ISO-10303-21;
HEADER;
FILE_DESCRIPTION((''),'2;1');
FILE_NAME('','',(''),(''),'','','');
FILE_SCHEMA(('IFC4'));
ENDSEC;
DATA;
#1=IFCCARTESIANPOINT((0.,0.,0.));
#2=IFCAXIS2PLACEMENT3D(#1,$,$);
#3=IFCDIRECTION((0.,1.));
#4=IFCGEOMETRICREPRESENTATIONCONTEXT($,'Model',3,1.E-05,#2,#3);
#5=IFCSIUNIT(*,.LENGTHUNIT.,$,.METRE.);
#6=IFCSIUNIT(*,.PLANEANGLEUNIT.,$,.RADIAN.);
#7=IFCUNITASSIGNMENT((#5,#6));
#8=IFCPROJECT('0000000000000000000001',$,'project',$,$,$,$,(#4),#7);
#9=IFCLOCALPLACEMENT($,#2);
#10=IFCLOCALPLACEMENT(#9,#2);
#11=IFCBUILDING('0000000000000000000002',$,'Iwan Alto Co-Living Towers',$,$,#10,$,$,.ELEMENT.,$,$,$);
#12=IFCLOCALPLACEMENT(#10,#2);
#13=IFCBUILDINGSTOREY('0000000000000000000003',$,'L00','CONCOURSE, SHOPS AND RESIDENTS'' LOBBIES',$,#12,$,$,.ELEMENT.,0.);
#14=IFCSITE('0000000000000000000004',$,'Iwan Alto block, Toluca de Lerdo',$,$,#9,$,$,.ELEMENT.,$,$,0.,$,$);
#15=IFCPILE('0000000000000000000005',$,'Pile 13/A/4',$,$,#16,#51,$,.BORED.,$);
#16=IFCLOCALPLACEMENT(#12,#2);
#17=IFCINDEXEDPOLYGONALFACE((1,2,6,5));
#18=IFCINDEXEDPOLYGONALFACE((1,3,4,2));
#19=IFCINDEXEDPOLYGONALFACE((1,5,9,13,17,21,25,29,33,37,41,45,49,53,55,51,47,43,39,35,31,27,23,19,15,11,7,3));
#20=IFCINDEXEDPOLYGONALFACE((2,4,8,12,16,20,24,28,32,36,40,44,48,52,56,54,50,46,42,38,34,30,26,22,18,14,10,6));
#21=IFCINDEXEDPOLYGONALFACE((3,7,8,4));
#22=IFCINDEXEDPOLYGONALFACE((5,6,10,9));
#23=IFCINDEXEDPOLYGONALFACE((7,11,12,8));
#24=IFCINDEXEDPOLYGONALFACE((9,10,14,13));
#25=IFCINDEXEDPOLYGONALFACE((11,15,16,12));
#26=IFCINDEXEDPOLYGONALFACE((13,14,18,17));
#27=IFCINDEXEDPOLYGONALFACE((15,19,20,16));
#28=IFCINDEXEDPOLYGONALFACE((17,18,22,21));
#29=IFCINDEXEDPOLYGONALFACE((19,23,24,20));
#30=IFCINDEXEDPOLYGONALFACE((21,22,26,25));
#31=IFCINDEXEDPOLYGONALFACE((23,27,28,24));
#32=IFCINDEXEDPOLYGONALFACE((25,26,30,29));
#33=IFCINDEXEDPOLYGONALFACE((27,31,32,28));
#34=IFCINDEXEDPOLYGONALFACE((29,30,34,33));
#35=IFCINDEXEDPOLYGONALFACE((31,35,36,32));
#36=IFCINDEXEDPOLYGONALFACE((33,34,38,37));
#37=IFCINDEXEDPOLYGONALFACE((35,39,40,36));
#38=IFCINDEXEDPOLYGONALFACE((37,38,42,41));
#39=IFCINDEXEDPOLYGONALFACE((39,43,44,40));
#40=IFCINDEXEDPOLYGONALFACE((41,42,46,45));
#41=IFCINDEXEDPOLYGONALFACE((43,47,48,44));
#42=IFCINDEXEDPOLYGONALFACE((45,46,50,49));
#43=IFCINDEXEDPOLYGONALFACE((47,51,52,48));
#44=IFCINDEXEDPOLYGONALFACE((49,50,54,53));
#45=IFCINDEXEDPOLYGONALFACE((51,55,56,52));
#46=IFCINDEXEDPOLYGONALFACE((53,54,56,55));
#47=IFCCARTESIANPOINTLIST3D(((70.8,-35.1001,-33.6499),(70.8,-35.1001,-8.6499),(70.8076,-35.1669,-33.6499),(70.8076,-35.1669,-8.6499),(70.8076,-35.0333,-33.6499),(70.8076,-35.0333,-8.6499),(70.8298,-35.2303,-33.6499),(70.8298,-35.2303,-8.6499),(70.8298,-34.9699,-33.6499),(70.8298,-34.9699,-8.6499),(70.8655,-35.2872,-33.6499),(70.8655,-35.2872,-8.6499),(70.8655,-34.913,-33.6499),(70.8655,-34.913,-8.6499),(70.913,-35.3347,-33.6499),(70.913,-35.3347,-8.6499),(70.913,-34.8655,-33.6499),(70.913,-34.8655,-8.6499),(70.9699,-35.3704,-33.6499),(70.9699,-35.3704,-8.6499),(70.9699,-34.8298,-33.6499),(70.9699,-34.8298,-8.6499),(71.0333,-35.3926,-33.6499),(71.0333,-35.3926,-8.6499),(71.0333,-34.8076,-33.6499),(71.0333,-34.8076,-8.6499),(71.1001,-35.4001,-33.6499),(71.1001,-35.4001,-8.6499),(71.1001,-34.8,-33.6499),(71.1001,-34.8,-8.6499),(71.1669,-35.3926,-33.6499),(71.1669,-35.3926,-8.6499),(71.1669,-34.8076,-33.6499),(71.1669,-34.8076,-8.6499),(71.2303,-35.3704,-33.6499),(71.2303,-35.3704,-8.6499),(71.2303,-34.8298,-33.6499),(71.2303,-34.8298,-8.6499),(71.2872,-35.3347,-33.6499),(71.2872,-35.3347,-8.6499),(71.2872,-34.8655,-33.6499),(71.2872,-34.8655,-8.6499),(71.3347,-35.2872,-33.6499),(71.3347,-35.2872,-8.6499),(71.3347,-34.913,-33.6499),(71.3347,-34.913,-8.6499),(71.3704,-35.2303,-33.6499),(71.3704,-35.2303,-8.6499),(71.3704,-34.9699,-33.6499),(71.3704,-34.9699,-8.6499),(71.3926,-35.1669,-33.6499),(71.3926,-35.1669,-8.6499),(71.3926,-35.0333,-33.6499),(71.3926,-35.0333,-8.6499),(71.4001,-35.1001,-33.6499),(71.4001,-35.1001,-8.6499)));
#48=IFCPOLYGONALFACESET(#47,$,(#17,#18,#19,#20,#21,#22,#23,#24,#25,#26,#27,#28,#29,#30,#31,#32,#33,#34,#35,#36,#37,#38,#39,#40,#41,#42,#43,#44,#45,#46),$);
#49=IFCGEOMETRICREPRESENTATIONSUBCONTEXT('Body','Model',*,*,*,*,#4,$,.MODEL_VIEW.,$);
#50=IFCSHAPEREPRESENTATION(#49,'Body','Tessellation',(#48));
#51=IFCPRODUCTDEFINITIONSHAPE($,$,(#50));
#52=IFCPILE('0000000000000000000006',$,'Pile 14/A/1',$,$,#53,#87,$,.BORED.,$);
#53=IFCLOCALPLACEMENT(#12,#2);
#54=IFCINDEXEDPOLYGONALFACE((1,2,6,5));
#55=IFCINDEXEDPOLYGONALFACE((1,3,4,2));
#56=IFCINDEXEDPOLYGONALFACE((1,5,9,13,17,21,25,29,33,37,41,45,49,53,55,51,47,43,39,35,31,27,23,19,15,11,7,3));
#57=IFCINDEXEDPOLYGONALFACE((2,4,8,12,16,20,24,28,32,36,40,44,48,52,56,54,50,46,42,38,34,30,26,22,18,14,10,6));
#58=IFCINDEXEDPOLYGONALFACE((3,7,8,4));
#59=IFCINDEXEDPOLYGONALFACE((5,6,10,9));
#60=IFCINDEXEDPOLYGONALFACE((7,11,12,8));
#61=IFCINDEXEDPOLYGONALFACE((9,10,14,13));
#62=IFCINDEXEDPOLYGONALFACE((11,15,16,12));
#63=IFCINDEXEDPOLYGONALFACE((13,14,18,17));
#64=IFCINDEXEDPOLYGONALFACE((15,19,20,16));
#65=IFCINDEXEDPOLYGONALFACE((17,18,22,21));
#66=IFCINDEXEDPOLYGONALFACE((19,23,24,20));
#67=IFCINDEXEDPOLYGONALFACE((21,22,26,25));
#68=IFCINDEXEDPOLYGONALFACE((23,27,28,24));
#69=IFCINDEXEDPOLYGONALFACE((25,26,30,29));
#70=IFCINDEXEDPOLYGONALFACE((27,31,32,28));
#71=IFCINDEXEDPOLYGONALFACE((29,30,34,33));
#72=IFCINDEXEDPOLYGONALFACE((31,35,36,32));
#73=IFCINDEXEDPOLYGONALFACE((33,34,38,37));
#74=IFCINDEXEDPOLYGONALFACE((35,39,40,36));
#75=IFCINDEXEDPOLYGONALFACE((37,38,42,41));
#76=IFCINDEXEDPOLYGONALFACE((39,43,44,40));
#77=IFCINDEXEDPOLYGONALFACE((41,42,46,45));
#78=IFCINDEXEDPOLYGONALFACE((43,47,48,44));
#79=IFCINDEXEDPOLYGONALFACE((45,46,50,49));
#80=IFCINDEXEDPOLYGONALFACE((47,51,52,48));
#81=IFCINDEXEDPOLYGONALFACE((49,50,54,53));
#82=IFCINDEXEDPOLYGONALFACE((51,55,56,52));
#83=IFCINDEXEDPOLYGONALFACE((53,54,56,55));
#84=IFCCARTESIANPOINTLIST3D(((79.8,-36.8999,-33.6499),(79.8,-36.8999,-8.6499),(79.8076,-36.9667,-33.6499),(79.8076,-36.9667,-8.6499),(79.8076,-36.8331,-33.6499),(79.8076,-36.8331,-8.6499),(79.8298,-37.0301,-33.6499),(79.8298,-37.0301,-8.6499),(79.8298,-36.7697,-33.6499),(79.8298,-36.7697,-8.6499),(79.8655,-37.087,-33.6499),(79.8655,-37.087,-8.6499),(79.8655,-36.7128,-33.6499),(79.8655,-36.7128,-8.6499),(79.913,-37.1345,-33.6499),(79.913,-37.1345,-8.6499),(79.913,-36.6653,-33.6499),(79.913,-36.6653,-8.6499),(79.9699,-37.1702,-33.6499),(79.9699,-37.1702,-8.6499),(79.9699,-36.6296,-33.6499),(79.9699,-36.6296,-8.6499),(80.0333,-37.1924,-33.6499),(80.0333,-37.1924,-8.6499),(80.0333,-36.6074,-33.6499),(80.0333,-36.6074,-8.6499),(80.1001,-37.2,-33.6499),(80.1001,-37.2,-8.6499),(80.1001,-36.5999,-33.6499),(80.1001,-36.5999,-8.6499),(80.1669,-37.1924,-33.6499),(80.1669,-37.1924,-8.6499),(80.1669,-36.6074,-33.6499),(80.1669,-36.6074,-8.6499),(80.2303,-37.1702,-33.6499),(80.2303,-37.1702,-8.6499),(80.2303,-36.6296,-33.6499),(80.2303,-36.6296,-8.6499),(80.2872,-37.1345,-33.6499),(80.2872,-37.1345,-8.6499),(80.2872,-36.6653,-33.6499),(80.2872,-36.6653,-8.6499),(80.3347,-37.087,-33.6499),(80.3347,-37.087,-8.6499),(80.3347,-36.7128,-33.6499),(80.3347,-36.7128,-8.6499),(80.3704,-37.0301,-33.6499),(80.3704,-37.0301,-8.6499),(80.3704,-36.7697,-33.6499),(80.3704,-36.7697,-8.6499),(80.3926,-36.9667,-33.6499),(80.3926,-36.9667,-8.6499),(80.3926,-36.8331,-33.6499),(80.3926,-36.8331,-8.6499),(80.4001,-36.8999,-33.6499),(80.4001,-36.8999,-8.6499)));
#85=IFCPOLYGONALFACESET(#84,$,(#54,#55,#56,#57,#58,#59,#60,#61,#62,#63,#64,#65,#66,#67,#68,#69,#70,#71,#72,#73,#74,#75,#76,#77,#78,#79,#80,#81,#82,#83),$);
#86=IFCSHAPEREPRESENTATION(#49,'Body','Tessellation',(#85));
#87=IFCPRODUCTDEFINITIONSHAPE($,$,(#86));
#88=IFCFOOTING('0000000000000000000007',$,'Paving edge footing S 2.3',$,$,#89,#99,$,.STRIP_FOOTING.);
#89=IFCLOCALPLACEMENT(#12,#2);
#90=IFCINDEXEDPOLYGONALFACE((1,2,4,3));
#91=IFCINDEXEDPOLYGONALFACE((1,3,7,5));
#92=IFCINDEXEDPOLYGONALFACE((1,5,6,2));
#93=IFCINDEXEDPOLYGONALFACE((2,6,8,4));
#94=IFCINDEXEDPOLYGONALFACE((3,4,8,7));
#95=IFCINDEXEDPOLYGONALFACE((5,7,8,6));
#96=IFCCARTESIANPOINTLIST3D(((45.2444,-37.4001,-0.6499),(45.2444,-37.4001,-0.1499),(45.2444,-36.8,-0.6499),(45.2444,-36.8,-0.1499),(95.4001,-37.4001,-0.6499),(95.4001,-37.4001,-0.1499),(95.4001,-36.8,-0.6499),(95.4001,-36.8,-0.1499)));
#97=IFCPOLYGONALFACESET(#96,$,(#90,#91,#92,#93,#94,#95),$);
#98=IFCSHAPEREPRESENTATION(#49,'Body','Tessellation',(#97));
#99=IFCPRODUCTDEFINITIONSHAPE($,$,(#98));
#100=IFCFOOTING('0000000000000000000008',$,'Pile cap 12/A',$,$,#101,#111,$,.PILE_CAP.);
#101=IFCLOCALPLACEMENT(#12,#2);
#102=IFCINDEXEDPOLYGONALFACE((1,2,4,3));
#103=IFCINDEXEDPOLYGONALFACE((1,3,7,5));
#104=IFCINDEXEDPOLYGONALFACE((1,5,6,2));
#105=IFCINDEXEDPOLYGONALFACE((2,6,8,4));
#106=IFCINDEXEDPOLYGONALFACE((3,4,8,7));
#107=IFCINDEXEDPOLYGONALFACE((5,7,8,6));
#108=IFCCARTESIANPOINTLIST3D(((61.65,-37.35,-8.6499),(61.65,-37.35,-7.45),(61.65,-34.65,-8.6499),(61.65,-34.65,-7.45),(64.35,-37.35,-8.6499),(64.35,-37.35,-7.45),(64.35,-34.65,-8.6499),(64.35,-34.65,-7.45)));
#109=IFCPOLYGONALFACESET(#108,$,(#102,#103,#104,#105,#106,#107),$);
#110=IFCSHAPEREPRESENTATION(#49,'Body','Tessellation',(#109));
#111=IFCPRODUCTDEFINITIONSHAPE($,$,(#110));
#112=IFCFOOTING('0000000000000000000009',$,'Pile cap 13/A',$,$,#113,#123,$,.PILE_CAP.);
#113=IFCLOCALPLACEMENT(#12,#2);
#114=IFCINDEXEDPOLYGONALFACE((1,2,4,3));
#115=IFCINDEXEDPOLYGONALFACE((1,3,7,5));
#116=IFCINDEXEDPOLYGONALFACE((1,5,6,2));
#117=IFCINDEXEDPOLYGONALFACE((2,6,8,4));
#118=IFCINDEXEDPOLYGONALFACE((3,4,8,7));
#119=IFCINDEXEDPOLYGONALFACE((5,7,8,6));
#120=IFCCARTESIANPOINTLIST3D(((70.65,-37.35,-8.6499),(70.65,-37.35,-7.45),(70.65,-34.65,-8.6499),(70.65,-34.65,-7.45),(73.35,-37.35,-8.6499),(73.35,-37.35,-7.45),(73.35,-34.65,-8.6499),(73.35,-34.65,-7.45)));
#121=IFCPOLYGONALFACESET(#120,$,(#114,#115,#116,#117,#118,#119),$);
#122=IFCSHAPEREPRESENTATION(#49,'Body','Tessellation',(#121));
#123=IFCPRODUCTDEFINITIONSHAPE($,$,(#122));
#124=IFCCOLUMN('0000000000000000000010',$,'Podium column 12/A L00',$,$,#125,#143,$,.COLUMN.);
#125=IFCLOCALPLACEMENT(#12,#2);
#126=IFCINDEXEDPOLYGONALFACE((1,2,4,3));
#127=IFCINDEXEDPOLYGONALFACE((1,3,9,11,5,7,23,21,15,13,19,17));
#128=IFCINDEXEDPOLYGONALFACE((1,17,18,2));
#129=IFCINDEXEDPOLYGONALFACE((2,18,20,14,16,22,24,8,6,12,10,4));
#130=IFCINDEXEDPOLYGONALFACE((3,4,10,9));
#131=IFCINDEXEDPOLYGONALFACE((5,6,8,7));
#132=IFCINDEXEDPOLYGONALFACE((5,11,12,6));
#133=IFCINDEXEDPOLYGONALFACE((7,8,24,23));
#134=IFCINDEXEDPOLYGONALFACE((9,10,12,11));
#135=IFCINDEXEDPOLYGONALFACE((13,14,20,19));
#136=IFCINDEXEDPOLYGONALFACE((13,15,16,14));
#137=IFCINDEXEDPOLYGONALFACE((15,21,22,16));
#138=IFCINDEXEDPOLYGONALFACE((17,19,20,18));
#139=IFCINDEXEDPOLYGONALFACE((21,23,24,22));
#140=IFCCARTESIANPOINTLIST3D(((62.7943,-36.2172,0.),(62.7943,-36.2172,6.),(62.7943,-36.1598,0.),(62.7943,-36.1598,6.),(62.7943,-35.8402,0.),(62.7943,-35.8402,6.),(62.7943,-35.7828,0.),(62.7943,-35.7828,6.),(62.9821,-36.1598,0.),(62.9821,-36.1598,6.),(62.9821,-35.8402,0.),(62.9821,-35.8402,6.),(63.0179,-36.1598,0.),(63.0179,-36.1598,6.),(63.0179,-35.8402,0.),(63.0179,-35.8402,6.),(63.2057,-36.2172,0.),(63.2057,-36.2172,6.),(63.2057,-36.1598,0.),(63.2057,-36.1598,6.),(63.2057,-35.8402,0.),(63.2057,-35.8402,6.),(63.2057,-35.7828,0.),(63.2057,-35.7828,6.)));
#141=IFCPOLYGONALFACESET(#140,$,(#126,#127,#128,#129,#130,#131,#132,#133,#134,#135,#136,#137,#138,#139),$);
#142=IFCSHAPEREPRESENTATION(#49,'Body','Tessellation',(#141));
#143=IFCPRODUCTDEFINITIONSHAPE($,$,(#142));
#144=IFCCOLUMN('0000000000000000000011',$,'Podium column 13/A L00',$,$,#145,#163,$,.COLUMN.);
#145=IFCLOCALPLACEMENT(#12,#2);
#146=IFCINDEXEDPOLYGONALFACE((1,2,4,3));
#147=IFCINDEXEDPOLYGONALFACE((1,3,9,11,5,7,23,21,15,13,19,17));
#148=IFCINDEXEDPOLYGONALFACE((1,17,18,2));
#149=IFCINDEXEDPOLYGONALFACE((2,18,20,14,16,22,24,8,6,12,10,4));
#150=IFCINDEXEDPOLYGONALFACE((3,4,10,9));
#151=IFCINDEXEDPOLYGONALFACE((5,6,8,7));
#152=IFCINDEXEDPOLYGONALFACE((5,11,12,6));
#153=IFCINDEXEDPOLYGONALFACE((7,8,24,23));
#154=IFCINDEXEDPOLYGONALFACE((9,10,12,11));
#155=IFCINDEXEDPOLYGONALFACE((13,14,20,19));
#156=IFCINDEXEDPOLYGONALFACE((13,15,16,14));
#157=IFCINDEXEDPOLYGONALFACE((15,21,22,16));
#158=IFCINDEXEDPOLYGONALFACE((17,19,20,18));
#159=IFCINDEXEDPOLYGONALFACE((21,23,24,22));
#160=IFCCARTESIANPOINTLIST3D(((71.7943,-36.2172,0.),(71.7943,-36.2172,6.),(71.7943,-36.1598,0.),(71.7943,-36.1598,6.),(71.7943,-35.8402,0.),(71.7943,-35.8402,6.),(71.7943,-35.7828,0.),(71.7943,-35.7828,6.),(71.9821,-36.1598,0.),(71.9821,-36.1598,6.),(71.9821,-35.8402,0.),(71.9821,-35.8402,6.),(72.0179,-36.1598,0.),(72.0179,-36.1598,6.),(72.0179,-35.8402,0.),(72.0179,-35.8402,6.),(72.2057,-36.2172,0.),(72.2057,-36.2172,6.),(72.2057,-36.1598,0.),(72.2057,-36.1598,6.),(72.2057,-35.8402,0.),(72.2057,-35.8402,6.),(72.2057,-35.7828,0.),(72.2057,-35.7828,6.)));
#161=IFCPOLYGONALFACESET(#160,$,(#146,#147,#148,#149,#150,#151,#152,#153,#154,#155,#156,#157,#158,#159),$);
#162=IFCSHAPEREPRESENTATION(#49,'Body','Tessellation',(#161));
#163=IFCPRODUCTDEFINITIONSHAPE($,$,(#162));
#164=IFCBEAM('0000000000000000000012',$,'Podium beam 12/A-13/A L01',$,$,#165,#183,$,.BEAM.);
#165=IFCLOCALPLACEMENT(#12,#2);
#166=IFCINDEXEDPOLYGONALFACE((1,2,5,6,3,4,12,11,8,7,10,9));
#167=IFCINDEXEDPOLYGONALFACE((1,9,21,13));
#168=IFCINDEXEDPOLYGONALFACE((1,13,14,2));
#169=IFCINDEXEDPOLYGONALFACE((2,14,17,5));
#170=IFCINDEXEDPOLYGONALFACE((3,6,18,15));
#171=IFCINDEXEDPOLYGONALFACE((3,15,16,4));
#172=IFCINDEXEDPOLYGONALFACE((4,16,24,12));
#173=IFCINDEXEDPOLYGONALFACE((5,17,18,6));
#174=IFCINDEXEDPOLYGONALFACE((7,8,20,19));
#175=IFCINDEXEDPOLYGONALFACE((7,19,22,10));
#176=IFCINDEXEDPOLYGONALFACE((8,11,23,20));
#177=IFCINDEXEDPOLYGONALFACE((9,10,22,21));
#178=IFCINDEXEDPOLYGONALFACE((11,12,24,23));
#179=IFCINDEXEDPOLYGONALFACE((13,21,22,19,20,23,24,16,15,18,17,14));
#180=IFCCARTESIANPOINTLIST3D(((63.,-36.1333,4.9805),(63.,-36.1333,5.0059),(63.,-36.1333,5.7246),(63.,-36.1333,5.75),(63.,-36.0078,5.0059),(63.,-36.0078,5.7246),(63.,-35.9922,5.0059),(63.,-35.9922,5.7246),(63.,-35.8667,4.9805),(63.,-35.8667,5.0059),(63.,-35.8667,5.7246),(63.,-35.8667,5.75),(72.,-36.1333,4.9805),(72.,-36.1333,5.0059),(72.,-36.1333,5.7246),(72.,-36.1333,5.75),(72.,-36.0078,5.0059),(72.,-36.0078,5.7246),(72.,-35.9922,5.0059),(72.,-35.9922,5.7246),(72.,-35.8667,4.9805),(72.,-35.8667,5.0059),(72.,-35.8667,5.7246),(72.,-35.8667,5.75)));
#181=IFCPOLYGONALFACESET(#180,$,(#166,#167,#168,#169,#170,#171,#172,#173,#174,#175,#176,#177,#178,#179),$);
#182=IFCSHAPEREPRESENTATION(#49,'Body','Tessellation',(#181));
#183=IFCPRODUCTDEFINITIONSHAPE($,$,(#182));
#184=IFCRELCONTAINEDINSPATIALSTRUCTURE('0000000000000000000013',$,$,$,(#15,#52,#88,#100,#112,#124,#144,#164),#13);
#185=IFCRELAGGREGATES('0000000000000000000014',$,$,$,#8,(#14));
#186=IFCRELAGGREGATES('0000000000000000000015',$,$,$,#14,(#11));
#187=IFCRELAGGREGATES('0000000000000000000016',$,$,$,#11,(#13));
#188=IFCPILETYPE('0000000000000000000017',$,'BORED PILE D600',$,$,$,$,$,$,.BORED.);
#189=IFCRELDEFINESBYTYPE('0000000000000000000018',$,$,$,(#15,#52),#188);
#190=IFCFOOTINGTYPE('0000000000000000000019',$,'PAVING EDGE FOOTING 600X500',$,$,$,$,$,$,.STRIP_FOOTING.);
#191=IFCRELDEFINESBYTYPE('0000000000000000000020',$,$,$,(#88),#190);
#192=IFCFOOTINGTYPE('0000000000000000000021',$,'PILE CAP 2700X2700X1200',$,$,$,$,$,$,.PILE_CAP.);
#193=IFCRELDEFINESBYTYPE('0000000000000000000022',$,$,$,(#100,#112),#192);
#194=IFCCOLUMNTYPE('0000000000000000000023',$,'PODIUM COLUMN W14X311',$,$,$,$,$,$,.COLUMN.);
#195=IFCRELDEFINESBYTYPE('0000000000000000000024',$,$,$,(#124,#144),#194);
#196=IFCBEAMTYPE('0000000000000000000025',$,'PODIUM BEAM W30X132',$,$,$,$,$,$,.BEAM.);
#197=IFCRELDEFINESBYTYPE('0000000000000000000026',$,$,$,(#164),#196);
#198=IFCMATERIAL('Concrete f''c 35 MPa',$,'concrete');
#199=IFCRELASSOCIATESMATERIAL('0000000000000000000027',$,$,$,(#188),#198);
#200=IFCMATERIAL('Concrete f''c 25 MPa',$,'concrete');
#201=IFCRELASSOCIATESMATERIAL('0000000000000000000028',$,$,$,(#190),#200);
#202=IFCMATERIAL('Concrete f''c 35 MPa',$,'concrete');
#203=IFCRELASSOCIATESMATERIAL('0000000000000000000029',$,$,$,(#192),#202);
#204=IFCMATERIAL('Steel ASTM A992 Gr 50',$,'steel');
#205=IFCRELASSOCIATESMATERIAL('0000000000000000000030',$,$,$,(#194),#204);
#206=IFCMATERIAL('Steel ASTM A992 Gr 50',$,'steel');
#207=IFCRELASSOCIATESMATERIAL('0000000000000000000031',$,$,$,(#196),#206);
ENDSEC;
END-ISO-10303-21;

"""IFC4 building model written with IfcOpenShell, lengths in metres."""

from ifc_helpers import new_model, si_unit, direction, frame, origin, origin_2d, place, context, subcontext, project, spatial, rectangle, circle, i_section, extrude, material, material_profile, profile_set, type_object, element, save


model = new_model("IFC4")

# Units and contexts
model_context = context("Model", 3, precision=1e-05, world=origin(), true_north=direction((0.0, 1.0)))
body_context = subcontext(model_context, "Body", "Model", "MODEL_VIEW")
ifc_project = project(units=[si_unit("LENGTHUNIT", "METRE"), si_unit("PLANEANGLEUNIT", "RADIAN")], contexts=[model_context])

# Site, building, storey
site_placement = place(None, origin())
site = spatial("IfcSite", under=ifc_project, at=site_placement, Name="Iwan Alto block, Toluca de Lerdo", CompositionType="ELEMENT", RefElevation=0.0)
building_placement = place(site_placement, origin())
building = spatial("IfcBuilding", under=site, at=building_placement, Name="Iwan Alto Co-Living Towers", CompositionType="ELEMENT")
storey_placement = place(building_placement, origin())
storey = spatial("IfcBuildingStorey", under=building, at=storey_placement, Name="L00", Description="CONCOURSE, SHOPS AND RESIDENTS' LOBBIES", CompositionType="ELEMENT", Elevation=0.0)

# Piles
ifc_material_1 = material(Name="Concrete f'c 35 MPa", Category="concrete")
ifc_material_profile_1 = material_profile(ifc_material_1, circle(Radius=0.3, at=origin_2d()), Name="D600")
ifc_profile_set_1 = profile_set([ifc_material_profile_1], Name="Concrete f'c 35 MPa")
pile_type = type_object("IfcPileType", Name="BORED PILE D600", PredefinedType="BORED", material=ifc_profile_set_1)
for number, where, z_axis, x_axis, name in (
    (1, (71.1001, -35.1001, -8.6499), (0.0, 0.0, -1.0), (1.0, 0.0, 0.0), "Pile 13/A/4"),
    (2, (80.1001, -36.8999, -8.6499), (0.0, 0.0, -1.0), (1.0, 0.0, 0.0), "Pile 14/A/1"),
):
    element("IfcPile", number, at=place(storey_placement, frame(where, z_axis=z_axis, x_axis=x_axis)), inside=storey, type_object=pile_type, Name=name, PredefinedType="BORED", context=body_context, shape_type="SweptSolid", body=[
        extrude(circle(Radius=0.3, at=origin_2d()), origin(), (0.0, 0.0, 1.0), 25.0),
    ])

# Footings
ifc_material_2 = material(Name="Concrete f'c 25 MPa", Category="concrete")
footing_type_1 = type_object("IfcFootingType", Name="PAVING EDGE FOOTING 600X500", PredefinedType="STRIP_FOOTING", material=ifc_material_2)
footing_placement = place(storey_placement, frame((70.3223, -37.1001, -0.6499), z_axis=(0.0, 0.0, 1.0), x_axis=(1.0, 0.0, 0.0)))
element("IfcFooting", 3, at=footing_placement, inside=storey, type_object=footing_type_1, Name="Paving edge footing S 2.3", PredefinedType="STRIP_FOOTING", context=body_context, shape_type="SweptSolid", body=[
    extrude(rectangle(XDim=50.1558, YDim=0.6001, at=origin_2d()), origin(), (0.0, 0.0, 1.0), 0.5),
])
ifc_material_3 = material(Name="Concrete f'c 35 MPa", Category="concrete")
footing_type_2 = type_object("IfcFootingType", Name="PILE CAP 2700X2700X1200", PredefinedType="PILE_CAP", material=ifc_material_3)
for number, where, z_axis, x_axis, name in (
    (4, (63.0, -36.0, -8.6499), (0.0, 0.0, 1.0), (1.0, 0.0, 0.0), "Pile cap 12/A"),
    (5, (72.0, -36.0, -8.6499), (0.0, 0.0, 1.0), (1.0, 0.0, 0.0), "Pile cap 13/A"),
):
    element("IfcFooting", number, at=place(storey_placement, frame(where, z_axis=z_axis, x_axis=x_axis)), inside=storey, type_object=footing_type_2, Name=name, PredefinedType="PILE_CAP", context=body_context, shape_type="SweptSolid", body=[
        extrude(rectangle(XDim=2.7, YDim=2.7, at=origin_2d()), origin(), (0.0, 0.0, 1.0), 1.2),
    ])

# Columns
ifc_material_4 = material(Name="Steel ASTM A992 Gr 50", Category="steel")
ifc_material_profile_2 = material_profile(ifc_material_4, i_section(OverallWidth=0.4114, OverallDepth=0.4343, WebThickness=0.0359, FlangeThickness=0.0574, at=origin_2d()), Name="W14X311")
ifc_profile_set_2 = profile_set([ifc_material_profile_2], Name="Steel ASTM A992 Gr 50")
column_type = type_object("IfcColumnType", Name="PODIUM COLUMN W14X311", PredefinedType="COLUMN", material=ifc_profile_set_2)
for number, where, z_axis, x_axis, name in (
    (6, (63.0, -36.0, 0.0), (0.0, 0.0, 1.0), (1.0, 0.0, 0.0), "Podium column 12/A L00"),
    (7, (72.0, -36.0, 0.0), (0.0, 0.0, 1.0), (1.0, 0.0, 0.0), "Podium column 13/A L00"),
):
    element("IfcColumn", number, at=place(storey_placement, frame(where, z_axis=z_axis, x_axis=x_axis)), inside=storey, type_object=column_type, Name=name, PredefinedType="COLUMN", context=body_context, shape_type="SweptSolid", body=[
        extrude(i_section(OverallWidth=0.4114, OverallDepth=0.4343, WebThickness=0.0359, FlangeThickness=0.0574, at=origin_2d()), origin(), (0.0, 0.0, 1.0), 6.0),
    ])

# Beam
ifc_material_5 = material(Name="Steel ASTM A992 Gr 50", Category="steel")
ifc_material_profile_3 = material_profile(ifc_material_5, i_section(OverallWidth=0.2666, OverallDepth=0.7695, WebThickness=0.0156, FlangeThickness=0.0254, at=origin_2d()), Name="W30X132")
ifc_profile_set_3 = profile_set([ifc_material_profile_3], Name="Steel ASTM A992 Gr 50")
beam_type_1 = type_object("IfcBeamType", Name="PODIUM BEAM W30X132", PredefinedType="BEAM", material=ifc_profile_set_3)
for number, where, z_axis, x_axis, name in (
    (8, (63.0, -36.0, 5.3652), (1.0, 0.0, 0.0), (0.0, 1.0, 0.0), "Podium beam 12/A-13/A L01"),
):
    element("IfcBeam", number, at=place(storey_placement, frame(where, z_axis=z_axis, x_axis=x_axis)), inside=storey, type_object=beam_type_1, Name=name, PredefinedType="BEAM", context=body_context, shape_type="SweptSolid", body=[
        extrude(i_section(OverallWidth=0.2666, OverallDepth=0.7695, WebThickness=0.0156, FlangeThickness=0.0254, at=origin_2d()), origin(), (0.0, 0.0, 1.0), 9.0),
    ])

save(model, "model.ifc")
